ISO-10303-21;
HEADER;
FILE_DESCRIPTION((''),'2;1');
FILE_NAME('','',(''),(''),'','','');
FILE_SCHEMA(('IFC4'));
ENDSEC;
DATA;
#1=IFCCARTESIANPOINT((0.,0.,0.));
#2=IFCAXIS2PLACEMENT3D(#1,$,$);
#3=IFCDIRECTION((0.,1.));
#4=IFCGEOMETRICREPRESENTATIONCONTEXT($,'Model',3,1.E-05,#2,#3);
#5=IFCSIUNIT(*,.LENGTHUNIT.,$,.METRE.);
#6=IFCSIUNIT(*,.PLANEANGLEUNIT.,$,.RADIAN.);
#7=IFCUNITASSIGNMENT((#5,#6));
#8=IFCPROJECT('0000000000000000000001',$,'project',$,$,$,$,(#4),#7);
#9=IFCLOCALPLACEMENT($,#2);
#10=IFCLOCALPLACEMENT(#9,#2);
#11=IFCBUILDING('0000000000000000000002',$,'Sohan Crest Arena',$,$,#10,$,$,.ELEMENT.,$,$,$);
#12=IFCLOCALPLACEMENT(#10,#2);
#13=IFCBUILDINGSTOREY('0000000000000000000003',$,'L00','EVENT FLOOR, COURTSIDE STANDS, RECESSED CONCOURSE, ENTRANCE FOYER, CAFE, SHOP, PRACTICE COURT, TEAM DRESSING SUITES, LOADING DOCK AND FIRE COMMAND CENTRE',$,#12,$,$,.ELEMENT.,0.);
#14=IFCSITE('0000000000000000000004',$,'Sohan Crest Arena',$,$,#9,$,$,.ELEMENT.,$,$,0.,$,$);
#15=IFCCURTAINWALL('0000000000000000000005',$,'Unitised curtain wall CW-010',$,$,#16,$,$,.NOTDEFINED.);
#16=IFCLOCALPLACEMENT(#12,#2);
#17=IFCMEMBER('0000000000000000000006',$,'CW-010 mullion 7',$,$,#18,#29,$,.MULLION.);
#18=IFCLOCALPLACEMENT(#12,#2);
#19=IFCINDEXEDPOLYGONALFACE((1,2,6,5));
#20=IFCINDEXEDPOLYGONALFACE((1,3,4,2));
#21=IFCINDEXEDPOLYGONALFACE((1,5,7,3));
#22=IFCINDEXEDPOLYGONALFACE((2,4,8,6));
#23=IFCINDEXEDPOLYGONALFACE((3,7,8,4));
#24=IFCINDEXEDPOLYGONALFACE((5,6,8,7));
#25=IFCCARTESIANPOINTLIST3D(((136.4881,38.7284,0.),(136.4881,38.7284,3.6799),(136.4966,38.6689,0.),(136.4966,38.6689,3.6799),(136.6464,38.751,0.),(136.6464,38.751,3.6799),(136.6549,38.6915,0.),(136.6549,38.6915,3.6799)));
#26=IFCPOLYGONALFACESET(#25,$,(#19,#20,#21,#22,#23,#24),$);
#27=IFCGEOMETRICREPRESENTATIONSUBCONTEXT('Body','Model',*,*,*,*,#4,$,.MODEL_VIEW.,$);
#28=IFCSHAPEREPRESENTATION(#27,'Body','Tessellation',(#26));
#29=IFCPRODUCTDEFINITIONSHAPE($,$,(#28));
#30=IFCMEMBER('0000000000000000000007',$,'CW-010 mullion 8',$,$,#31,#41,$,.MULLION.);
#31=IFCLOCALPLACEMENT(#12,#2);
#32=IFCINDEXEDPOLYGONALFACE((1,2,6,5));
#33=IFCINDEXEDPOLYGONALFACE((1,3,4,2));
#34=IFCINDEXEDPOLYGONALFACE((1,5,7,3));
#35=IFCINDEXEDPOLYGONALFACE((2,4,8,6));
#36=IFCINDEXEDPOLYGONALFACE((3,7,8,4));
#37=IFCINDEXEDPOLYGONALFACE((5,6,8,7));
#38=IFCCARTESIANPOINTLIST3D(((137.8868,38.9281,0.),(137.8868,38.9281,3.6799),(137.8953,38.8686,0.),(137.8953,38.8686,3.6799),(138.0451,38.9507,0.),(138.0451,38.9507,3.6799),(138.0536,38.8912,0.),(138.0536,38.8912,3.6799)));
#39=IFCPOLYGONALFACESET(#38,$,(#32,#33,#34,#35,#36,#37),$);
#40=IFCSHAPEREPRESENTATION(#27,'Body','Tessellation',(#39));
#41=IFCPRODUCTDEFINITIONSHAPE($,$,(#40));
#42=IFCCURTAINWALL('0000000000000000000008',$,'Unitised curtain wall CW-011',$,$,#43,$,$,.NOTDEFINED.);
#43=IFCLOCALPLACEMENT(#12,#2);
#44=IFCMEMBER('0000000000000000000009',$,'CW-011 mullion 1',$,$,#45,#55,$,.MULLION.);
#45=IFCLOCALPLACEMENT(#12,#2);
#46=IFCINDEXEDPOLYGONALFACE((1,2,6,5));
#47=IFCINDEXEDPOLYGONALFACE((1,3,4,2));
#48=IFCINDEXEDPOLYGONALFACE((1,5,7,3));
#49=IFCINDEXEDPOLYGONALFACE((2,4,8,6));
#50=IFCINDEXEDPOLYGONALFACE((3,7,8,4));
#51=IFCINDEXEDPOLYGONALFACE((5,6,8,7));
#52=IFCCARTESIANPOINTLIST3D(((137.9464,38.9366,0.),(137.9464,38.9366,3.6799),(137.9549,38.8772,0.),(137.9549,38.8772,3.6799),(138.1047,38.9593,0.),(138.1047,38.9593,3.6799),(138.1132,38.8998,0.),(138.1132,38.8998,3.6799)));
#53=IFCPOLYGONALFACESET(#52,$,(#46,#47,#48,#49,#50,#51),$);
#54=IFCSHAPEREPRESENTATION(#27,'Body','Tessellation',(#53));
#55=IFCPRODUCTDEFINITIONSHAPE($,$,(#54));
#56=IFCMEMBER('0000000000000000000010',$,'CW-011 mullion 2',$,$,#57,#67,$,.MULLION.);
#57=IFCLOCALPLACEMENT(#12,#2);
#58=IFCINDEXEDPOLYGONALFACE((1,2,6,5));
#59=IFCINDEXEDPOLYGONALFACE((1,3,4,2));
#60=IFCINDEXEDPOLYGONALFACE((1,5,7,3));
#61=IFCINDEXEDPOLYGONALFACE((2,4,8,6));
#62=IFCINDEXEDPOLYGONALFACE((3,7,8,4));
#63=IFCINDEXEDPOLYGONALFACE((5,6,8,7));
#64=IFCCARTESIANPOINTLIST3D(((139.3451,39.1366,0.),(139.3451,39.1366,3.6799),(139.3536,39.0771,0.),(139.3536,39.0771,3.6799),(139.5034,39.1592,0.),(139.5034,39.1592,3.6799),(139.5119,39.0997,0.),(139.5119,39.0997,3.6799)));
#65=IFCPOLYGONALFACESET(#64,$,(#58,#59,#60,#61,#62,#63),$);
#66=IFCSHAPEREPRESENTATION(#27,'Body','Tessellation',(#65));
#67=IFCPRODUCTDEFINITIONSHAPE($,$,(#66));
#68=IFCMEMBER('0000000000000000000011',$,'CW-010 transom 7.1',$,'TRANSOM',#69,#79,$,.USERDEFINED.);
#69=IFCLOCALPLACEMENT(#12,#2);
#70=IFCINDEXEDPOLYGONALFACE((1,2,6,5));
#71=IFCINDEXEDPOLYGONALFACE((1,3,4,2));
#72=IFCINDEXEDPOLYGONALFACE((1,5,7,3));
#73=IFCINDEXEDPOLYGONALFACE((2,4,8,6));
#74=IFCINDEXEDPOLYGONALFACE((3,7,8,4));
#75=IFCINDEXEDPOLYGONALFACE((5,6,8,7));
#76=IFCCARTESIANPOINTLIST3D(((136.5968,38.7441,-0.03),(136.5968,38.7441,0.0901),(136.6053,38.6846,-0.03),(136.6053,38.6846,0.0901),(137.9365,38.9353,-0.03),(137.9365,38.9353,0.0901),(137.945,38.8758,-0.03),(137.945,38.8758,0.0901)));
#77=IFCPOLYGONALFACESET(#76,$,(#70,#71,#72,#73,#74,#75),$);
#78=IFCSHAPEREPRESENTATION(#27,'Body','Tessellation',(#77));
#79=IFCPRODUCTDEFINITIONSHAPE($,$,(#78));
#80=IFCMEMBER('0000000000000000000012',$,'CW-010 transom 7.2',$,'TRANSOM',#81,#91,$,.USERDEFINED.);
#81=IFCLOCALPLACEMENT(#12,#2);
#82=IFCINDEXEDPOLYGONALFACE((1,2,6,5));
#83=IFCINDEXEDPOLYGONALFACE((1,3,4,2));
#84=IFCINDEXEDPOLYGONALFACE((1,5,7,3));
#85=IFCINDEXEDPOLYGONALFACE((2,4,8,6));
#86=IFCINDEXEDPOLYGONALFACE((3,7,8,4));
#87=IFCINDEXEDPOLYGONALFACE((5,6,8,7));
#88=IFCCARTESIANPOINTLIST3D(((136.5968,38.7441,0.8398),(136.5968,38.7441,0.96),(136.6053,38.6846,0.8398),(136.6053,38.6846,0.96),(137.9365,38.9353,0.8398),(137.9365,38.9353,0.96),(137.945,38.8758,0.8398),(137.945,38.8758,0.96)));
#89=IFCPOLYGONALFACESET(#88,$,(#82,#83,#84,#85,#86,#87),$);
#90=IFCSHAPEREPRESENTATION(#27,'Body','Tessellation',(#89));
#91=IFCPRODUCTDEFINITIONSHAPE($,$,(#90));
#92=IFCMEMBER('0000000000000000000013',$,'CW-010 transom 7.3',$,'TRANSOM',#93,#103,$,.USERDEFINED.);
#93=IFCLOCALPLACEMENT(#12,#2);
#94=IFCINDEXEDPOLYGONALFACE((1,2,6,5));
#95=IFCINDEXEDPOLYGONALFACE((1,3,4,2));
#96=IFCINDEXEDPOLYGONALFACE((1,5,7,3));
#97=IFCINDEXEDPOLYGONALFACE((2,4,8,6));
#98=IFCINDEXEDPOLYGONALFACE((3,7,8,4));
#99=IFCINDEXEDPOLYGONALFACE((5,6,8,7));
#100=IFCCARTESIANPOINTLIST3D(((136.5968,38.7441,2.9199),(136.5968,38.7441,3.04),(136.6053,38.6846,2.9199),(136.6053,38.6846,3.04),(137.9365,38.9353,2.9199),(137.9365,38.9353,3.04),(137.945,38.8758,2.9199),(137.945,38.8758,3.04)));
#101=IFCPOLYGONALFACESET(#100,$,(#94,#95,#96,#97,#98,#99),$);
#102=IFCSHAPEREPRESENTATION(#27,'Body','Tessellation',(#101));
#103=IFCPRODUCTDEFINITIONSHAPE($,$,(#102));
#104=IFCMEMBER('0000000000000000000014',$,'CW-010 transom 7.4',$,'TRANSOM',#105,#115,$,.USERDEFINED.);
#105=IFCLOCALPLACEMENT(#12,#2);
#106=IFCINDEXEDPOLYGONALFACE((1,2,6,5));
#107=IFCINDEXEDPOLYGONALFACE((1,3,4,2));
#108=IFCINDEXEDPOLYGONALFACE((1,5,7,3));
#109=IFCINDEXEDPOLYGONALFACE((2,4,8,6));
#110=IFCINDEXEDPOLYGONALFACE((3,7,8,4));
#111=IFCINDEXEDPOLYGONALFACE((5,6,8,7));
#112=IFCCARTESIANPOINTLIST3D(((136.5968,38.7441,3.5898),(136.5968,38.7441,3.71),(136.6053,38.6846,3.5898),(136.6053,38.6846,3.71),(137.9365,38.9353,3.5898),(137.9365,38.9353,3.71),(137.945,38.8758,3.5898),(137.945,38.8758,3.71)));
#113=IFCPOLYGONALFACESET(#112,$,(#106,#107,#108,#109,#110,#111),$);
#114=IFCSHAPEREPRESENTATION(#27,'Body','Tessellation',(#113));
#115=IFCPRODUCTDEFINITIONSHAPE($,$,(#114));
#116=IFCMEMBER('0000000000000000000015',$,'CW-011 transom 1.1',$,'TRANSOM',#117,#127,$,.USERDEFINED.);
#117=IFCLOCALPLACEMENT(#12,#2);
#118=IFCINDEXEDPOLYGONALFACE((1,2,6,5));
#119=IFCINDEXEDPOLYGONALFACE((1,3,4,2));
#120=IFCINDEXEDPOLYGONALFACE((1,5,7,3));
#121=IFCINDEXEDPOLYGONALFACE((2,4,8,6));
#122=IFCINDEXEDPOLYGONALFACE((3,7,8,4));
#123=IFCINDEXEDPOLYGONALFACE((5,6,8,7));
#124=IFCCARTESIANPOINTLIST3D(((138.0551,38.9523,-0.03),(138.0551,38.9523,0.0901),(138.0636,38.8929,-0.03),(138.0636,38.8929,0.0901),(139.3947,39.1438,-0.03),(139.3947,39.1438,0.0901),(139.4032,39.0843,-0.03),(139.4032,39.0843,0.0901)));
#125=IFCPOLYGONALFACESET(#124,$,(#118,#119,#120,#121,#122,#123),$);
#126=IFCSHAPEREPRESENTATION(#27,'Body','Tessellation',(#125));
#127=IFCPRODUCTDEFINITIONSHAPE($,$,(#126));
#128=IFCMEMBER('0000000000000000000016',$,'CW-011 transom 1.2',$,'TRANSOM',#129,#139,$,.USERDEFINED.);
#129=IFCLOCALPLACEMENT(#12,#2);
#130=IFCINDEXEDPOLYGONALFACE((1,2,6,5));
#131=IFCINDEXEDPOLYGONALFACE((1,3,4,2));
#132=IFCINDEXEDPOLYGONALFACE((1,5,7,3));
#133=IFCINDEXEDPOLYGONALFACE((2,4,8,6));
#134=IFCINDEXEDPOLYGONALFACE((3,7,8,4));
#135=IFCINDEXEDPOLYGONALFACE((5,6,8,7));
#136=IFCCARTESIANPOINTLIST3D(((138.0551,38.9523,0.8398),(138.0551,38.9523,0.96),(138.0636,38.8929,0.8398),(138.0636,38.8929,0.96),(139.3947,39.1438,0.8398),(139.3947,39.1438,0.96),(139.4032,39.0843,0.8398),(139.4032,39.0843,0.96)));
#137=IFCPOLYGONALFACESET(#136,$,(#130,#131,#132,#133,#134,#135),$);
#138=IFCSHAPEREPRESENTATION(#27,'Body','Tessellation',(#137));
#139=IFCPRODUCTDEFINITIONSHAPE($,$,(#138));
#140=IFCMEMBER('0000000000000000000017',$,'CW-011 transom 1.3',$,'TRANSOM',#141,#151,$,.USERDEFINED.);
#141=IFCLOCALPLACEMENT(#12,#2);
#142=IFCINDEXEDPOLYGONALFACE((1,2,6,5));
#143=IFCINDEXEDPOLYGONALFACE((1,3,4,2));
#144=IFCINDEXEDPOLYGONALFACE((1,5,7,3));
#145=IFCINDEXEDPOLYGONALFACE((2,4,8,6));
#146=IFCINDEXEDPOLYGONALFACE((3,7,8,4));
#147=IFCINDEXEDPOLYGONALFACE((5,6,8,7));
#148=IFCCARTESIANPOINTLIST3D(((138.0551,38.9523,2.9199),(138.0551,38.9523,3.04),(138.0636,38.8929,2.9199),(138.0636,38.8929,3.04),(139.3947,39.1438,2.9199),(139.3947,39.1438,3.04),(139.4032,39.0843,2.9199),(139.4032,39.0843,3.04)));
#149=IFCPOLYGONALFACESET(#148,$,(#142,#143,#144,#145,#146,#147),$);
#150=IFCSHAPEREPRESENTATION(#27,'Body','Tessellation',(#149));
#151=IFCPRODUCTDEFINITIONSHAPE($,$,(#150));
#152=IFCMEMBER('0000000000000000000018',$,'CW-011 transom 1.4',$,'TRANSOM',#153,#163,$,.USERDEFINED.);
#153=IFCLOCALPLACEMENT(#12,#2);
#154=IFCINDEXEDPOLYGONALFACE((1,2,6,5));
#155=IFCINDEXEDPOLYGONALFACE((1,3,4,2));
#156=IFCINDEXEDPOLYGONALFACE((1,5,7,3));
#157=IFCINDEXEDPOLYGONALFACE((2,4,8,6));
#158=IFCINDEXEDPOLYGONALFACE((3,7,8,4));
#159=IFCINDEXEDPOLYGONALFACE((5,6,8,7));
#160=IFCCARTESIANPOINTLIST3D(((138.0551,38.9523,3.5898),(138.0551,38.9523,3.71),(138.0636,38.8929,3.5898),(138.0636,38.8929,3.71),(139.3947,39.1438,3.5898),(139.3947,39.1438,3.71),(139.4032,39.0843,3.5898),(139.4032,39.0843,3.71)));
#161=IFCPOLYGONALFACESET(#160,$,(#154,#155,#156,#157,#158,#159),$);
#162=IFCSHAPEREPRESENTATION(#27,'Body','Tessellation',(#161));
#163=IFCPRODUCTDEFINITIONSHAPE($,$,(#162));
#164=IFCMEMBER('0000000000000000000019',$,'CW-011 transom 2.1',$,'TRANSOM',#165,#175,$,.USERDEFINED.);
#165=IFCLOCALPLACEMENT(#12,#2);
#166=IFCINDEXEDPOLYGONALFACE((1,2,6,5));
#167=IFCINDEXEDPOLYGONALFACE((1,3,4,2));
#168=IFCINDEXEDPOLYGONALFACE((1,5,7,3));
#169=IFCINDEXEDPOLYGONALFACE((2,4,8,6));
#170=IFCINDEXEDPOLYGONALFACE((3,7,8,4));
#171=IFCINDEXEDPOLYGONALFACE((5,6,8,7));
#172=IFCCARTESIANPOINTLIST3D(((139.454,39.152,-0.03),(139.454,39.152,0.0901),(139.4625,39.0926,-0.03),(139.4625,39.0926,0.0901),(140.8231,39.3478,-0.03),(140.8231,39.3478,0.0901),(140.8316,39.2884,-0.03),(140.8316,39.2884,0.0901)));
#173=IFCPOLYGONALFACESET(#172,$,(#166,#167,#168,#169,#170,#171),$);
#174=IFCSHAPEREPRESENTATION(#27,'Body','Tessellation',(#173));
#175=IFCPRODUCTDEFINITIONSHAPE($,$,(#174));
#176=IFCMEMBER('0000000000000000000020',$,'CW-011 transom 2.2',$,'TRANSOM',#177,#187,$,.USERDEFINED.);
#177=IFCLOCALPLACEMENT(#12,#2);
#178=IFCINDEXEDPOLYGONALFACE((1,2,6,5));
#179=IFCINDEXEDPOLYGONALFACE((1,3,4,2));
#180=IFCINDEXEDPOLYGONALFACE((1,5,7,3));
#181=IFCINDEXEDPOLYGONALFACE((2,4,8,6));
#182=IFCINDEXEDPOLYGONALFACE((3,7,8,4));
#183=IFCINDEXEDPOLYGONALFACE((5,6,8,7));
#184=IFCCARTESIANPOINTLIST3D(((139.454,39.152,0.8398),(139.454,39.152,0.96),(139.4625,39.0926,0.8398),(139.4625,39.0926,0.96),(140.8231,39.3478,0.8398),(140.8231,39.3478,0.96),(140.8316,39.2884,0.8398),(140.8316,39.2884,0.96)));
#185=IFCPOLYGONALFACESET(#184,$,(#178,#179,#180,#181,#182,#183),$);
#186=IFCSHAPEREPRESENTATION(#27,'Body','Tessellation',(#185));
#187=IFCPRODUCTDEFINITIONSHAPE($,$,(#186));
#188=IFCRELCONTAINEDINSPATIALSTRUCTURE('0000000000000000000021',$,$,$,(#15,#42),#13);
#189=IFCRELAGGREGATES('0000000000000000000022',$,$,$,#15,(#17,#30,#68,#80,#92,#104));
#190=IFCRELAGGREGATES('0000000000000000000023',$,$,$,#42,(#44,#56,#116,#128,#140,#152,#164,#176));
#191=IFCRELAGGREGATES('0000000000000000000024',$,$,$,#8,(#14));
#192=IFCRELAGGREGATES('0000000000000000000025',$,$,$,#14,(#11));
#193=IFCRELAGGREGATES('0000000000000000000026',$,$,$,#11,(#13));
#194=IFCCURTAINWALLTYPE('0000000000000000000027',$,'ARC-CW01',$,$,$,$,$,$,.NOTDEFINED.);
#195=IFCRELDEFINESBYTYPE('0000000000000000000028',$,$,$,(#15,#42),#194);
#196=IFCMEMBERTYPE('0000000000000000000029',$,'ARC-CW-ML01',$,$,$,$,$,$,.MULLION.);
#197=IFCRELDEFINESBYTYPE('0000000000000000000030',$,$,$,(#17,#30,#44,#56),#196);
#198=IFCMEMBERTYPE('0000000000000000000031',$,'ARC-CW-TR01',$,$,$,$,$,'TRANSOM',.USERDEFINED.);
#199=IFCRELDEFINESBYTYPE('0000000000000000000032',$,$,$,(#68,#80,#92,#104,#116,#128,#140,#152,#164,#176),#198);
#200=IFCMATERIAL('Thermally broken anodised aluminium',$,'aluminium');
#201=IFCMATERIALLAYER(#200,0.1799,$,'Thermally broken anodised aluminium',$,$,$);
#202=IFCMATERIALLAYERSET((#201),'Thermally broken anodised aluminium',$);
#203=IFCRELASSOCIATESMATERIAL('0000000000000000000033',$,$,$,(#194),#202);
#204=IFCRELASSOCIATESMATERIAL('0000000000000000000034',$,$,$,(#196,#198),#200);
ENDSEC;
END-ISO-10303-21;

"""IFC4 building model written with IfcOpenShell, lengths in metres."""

from ifc_helpers import new_model, si_unit, direction, frame, origin, origin_2d, place, context, subcontext, project, spatial, rectangle, extrude, material, layer, layer_set, material_profile, profile_set, type_object, element, aggregate, save


model = new_model("IFC4")

# Units and contexts
model_context = context("Model", 3, precision=1e-05, world=origin(), true_north=direction((0.0, 1.0)))
body_context = subcontext(model_context, "Body", "Model", "MODEL_VIEW")
ifc_project = project(units=[si_unit("LENGTHUNIT", "METRE"), si_unit("PLANEANGLEUNIT", "RADIAN")], contexts=[model_context])

# Site, building, storey
site_placement = place(None, origin())
site = spatial("IfcSite", under=ifc_project, at=site_placement, Name="Sohan Crest Arena", CompositionType="ELEMENT", RefElevation=0.0)
building_placement = place(site_placement, origin())
building = spatial("IfcBuilding", under=site, at=building_placement, Name="Sohan Crest Arena", CompositionType="ELEMENT")
storey_placement = place(building_placement, origin())
storey = spatial("IfcBuildingStorey", under=building, at=storey_placement, Name="L00", Description="EVENT FLOOR, COURTSIDE STANDS, RECESSED CONCOURSE, ENTRANCE FOYER, CAFE, SHOP, PRACTICE COURT, TEAM DRESSING SUITES, LOADING DOCK AND FIRE COMMAND CENTRE", CompositionType="ELEMENT", Elevation=0.0)

# Curtain walls, members
ifc_material_1 = material(Name="Thermally broken anodised aluminium", Category="aluminium")
ifc_layer_1 = layer(ifc_material_1, 0.1799, Name="Thermally broken anodised aluminium")
ifc_layer_set_1 = layer_set([ifc_layer_1], Name="Thermally broken anodised aluminium")
curtain_wall_type = type_object("IfcCurtainWallType", Name="ARC-CW01", PredefinedType="NOTDEFINED", material=ifc_layer_set_1)
curtain_wall_1_placement = place(storey_placement, origin())
curtain_wall_1 = element("IfcCurtainWall", 1, at=curtain_wall_1_placement, inside=storey, type_object=curtain_wall_type, Name="Unitised curtain wall CW-010", PredefinedType="NOTDEFINED")
ifc_material_profile_1 = material_profile(ifc_material_1, rectangle(XDim=0.0601, YDim=0.1599, at=origin_2d()), Name="ALU-MULL 60x160")
ifc_profile_set_1 = profile_set([ifc_material_profile_1], Name="Thermally broken anodised aluminium")
member_type_1 = type_object("IfcMemberType", Name="ARC-CW-ML01", PredefinedType="MULLION", material=ifc_profile_set_1)
member_1_placement = place(storey_placement, frame((136.5715, 38.71, 0.0), z_axis=(0.0, 0.0, 1.0), x_axis=(-0.141366, 0.989957, 0.0)))
member_1 = element("IfcMember", 2, at=member_1_placement, type_object=member_type_1, Name="CW-010 mullion 7", PredefinedType="MULLION", context=body_context, shape_type="SweptSolid", body=[
    extrude(rectangle(XDim=0.0601, YDim=0.1599, at=origin_2d()), origin(), (0.0, 0.0, 1.0), 3.6799),
])
member_2_placement = place(storey_placement, frame((137.9702, 38.9097, 0.0), z_axis=(0.0, 0.0, 1.0), x_axis=(-0.141366, 0.989957, 0.0)))
member_2 = element("IfcMember", 3, at=member_2_placement, type_object=member_type_1, Name="CW-010 mullion 8", PredefinedType="MULLION", context=body_context, shape_type="SweptSolid", body=[
    extrude(rectangle(XDim=0.0601, YDim=0.1599, at=origin_2d()), origin(), (0.0, 0.0, 1.0), 3.6799),
])
curtain_wall_2_placement = place(storey_placement, origin())
curtain_wall_2 = element("IfcCurtainWall", 4, at=curtain_wall_2_placement, inside=storey, type_object=curtain_wall_type, Name="Unitised curtain wall CW-011", PredefinedType="NOTDEFINED")
member_3_placement = place(storey_placement, frame((138.0298, 38.9182, 0.0), z_axis=(0.0, 0.0, 1.0), x_axis=(-0.141463, 0.989944, 0.0)))
member_3 = element("IfcMember", 5, at=member_3_placement, type_object=member_type_1, Name="CW-011 mullion 1", PredefinedType="MULLION", context=body_context, shape_type="SweptSolid", body=[
    extrude(rectangle(XDim=0.0601, YDim=0.1599, at=origin_2d()), origin(), (0.0, 0.0, 1.0), 3.6799),
])
member_4_placement = place(storey_placement, frame((139.4285, 39.1182, 0.0), z_axis=(0.0, 0.0, 1.0), x_axis=(-0.141463, 0.989944, 0.0)))
member_4 = element("IfcMember", 6, at=member_4_placement, type_object=member_type_1, Name="CW-011 mullion 2", PredefinedType="MULLION", context=body_context, shape_type="SweptSolid", body=[
    extrude(rectangle(XDim=0.0601, YDim=0.1599, at=origin_2d()), origin(), (0.0, 0.0, 1.0), 3.6799),
])

# Members
ifc_material_profile_2 = material_profile(ifc_material_1, rectangle(XDim=0.0601, YDim=0.1201, at=origin_2d()), Name="ALU-TRAN 60x120")
ifc_profile_set_2 = profile_set([ifc_material_profile_2], Name="Thermally broken anodised aluminium")
member_type_2 = type_object("IfcMemberType", Name="ARC-CW-TR01", ElementType="TRANSOM", PredefinedType="USERDEFINED", material=ifc_profile_set_2)
member_5_placement = place(storey_placement, frame((136.6011, 38.7144, 0.03), z_axis=(0.989971, 0.14127, 0.0), x_axis=(-0.14127, 0.989971, 0.0)))
member_5 = element("IfcMember", 7, at=member_5_placement, type_object=member_type_2, Name="CW-010 transom 7.1", ObjectType="TRANSOM", PredefinedType="USERDEFINED", context=body_context, shape_type="SweptSolid", body=[
    extrude(rectangle(XDim=0.0601, YDim=0.1201, at=origin_2d()), origin(), (0.0, 0.0, 1.0), 1.3533),
])
member_6_placement = place(storey_placement, frame((136.6011, 38.7144, 0.8999), z_axis=(0.989971, 0.14127, 0.0), x_axis=(-0.14127, 0.989971, 0.0)))
member_6 = element("IfcMember", 8, at=member_6_placement, type_object=member_type_2, Name="CW-010 transom 7.2", ObjectType="TRANSOM", PredefinedType="USERDEFINED", context=body_context, shape_type="SweptSolid", body=[
    extrude(rectangle(XDim=0.0601, YDim=0.1201, at=origin_2d()), origin(), (0.0, 0.0, 1.0), 1.3533),
])
member_7_placement = place(storey_placement, frame((136.6011, 38.7144, 2.98), z_axis=(0.989971, 0.14127, 0.0), x_axis=(-0.14127, 0.989971, 0.0)))
member_7 = element("IfcMember", 9, at=member_7_placement, type_object=member_type_2, Name="CW-010 transom 7.3", ObjectType="TRANSOM", PredefinedType="USERDEFINED", context=body_context, shape_type="SweptSolid", body=[
    extrude(rectangle(XDim=0.0601, YDim=0.1201, at=origin_2d()), origin(), (0.0, 0.0, 1.0), 1.3533),
])
member_8_placement = place(storey_placement, frame((136.6011, 38.7144, 3.6499), z_axis=(0.989971, 0.14127, 0.0), x_axis=(-0.14127, 0.989971, 0.0)))
member_8 = element("IfcMember", 10, at=member_8_placement, type_object=member_type_2, Name="CW-010 transom 7.4", ObjectType="TRANSOM", PredefinedType="USERDEFINED", context=body_context, shape_type="SweptSolid", body=[
    extrude(rectangle(XDim=0.0601, YDim=0.1201, at=origin_2d()), origin(), (0.0, 0.0, 1.0), 1.3533),
])
member_9_placement = place(storey_placement, frame((138.0593, 38.9226, 0.03), z_axis=(0.989946, 0.141447, 0.0), x_axis=(-0.141447, 0.989946, 0.0)))
member_9 = element("IfcMember", 11, at=member_9_placement, type_object=member_type_2, Name="CW-011 transom 1.1", ObjectType="TRANSOM", PredefinedType="USERDEFINED", context=body_context, shape_type="SweptSolid", body=[
    extrude(rectangle(XDim=0.0601, YDim=0.1201, at=origin_2d()), origin(), (0.0, 0.0, 1.0), 1.3533),
])
member_10_placement = place(storey_placement, frame((138.0593, 38.9226, 0.8999), z_axis=(0.989946, 0.141447, 0.0), x_axis=(-0.141447, 0.989946, 0.0)))
member_10 = element("IfcMember", 12, at=member_10_placement, type_object=member_type_2, Name="CW-011 transom 1.2", ObjectType="TRANSOM", PredefinedType="USERDEFINED", context=body_context, shape_type="SweptSolid", body=[
    extrude(rectangle(XDim=0.0601, YDim=0.1201, at=origin_2d()), origin(), (0.0, 0.0, 1.0), 1.3533),
])
member_11_placement = place(storey_placement, frame((138.0593, 38.9226, 2.98), z_axis=(0.989946, 0.141447, 0.0), x_axis=(-0.141447, 0.989946, 0.0)))
member_11 = element("IfcMember", 13, at=member_11_placement, type_object=member_type_2, Name="CW-011 transom 1.3", ObjectType="TRANSOM", PredefinedType="USERDEFINED", context=body_context, shape_type="SweptSolid", body=[
    extrude(rectangle(XDim=0.0601, YDim=0.1201, at=origin_2d()), origin(), (0.0, 0.0, 1.0), 1.3533),
])
member_12_placement = place(storey_placement, frame((138.0593, 38.9226, 3.6499), z_axis=(0.989946, 0.141447, 0.0), x_axis=(-0.141447, 0.989946, 0.0)))
member_12 = element("IfcMember", 14, at=member_12_placement, type_object=member_type_2, Name="CW-011 transom 1.4", ObjectType="TRANSOM", PredefinedType="USERDEFINED", context=body_context, shape_type="SweptSolid", body=[
    extrude(rectangle(XDim=0.0601, YDim=0.1201, at=origin_2d()), origin(), (0.0, 0.0, 1.0), 1.3533),
])
member_13_placement = place(storey_placement, frame((139.4583, 39.1223, 0.03), z_axis=(0.989928, 0.14157, 0.0), x_axis=(-0.14157, 0.989928, 0.0)))
member_13 = element("IfcMember", 15, at=member_13_placement, type_object=member_type_2, Name="CW-011 transom 2.1", ObjectType="TRANSOM", PredefinedType="USERDEFINED", context=body_context, shape_type="SweptSolid", body=[
    extrude(rectangle(XDim=0.0601, YDim=0.1201, at=origin_2d()), origin(), (0.0, 0.0, 1.0), 1.3831),
])
member_14_placement = place(storey_placement, frame((139.4583, 39.1223, 0.8999), z_axis=(0.989928, 0.14157, 0.0), x_axis=(-0.14157, 0.989928, 0.0)))
member_14 = element("IfcMember", 16, at=member_14_placement, type_object=member_type_2, Name="CW-011 transom 2.2", ObjectType="TRANSOM", PredefinedType="USERDEFINED", context=body_context, shape_type="SweptSolid", body=[
    extrude(rectangle(XDim=0.0601, YDim=0.1201, at=origin_2d()), origin(), (0.0, 0.0, 1.0), 1.3831),
])

aggregate(curtain_wall_1, [member_1, member_2, member_5, member_6, member_7, member_8])
aggregate(curtain_wall_2, [member_3, member_4, member_9, member_10, member_11, member_12, member_13, member_14])

save(model, "model.ifc")
